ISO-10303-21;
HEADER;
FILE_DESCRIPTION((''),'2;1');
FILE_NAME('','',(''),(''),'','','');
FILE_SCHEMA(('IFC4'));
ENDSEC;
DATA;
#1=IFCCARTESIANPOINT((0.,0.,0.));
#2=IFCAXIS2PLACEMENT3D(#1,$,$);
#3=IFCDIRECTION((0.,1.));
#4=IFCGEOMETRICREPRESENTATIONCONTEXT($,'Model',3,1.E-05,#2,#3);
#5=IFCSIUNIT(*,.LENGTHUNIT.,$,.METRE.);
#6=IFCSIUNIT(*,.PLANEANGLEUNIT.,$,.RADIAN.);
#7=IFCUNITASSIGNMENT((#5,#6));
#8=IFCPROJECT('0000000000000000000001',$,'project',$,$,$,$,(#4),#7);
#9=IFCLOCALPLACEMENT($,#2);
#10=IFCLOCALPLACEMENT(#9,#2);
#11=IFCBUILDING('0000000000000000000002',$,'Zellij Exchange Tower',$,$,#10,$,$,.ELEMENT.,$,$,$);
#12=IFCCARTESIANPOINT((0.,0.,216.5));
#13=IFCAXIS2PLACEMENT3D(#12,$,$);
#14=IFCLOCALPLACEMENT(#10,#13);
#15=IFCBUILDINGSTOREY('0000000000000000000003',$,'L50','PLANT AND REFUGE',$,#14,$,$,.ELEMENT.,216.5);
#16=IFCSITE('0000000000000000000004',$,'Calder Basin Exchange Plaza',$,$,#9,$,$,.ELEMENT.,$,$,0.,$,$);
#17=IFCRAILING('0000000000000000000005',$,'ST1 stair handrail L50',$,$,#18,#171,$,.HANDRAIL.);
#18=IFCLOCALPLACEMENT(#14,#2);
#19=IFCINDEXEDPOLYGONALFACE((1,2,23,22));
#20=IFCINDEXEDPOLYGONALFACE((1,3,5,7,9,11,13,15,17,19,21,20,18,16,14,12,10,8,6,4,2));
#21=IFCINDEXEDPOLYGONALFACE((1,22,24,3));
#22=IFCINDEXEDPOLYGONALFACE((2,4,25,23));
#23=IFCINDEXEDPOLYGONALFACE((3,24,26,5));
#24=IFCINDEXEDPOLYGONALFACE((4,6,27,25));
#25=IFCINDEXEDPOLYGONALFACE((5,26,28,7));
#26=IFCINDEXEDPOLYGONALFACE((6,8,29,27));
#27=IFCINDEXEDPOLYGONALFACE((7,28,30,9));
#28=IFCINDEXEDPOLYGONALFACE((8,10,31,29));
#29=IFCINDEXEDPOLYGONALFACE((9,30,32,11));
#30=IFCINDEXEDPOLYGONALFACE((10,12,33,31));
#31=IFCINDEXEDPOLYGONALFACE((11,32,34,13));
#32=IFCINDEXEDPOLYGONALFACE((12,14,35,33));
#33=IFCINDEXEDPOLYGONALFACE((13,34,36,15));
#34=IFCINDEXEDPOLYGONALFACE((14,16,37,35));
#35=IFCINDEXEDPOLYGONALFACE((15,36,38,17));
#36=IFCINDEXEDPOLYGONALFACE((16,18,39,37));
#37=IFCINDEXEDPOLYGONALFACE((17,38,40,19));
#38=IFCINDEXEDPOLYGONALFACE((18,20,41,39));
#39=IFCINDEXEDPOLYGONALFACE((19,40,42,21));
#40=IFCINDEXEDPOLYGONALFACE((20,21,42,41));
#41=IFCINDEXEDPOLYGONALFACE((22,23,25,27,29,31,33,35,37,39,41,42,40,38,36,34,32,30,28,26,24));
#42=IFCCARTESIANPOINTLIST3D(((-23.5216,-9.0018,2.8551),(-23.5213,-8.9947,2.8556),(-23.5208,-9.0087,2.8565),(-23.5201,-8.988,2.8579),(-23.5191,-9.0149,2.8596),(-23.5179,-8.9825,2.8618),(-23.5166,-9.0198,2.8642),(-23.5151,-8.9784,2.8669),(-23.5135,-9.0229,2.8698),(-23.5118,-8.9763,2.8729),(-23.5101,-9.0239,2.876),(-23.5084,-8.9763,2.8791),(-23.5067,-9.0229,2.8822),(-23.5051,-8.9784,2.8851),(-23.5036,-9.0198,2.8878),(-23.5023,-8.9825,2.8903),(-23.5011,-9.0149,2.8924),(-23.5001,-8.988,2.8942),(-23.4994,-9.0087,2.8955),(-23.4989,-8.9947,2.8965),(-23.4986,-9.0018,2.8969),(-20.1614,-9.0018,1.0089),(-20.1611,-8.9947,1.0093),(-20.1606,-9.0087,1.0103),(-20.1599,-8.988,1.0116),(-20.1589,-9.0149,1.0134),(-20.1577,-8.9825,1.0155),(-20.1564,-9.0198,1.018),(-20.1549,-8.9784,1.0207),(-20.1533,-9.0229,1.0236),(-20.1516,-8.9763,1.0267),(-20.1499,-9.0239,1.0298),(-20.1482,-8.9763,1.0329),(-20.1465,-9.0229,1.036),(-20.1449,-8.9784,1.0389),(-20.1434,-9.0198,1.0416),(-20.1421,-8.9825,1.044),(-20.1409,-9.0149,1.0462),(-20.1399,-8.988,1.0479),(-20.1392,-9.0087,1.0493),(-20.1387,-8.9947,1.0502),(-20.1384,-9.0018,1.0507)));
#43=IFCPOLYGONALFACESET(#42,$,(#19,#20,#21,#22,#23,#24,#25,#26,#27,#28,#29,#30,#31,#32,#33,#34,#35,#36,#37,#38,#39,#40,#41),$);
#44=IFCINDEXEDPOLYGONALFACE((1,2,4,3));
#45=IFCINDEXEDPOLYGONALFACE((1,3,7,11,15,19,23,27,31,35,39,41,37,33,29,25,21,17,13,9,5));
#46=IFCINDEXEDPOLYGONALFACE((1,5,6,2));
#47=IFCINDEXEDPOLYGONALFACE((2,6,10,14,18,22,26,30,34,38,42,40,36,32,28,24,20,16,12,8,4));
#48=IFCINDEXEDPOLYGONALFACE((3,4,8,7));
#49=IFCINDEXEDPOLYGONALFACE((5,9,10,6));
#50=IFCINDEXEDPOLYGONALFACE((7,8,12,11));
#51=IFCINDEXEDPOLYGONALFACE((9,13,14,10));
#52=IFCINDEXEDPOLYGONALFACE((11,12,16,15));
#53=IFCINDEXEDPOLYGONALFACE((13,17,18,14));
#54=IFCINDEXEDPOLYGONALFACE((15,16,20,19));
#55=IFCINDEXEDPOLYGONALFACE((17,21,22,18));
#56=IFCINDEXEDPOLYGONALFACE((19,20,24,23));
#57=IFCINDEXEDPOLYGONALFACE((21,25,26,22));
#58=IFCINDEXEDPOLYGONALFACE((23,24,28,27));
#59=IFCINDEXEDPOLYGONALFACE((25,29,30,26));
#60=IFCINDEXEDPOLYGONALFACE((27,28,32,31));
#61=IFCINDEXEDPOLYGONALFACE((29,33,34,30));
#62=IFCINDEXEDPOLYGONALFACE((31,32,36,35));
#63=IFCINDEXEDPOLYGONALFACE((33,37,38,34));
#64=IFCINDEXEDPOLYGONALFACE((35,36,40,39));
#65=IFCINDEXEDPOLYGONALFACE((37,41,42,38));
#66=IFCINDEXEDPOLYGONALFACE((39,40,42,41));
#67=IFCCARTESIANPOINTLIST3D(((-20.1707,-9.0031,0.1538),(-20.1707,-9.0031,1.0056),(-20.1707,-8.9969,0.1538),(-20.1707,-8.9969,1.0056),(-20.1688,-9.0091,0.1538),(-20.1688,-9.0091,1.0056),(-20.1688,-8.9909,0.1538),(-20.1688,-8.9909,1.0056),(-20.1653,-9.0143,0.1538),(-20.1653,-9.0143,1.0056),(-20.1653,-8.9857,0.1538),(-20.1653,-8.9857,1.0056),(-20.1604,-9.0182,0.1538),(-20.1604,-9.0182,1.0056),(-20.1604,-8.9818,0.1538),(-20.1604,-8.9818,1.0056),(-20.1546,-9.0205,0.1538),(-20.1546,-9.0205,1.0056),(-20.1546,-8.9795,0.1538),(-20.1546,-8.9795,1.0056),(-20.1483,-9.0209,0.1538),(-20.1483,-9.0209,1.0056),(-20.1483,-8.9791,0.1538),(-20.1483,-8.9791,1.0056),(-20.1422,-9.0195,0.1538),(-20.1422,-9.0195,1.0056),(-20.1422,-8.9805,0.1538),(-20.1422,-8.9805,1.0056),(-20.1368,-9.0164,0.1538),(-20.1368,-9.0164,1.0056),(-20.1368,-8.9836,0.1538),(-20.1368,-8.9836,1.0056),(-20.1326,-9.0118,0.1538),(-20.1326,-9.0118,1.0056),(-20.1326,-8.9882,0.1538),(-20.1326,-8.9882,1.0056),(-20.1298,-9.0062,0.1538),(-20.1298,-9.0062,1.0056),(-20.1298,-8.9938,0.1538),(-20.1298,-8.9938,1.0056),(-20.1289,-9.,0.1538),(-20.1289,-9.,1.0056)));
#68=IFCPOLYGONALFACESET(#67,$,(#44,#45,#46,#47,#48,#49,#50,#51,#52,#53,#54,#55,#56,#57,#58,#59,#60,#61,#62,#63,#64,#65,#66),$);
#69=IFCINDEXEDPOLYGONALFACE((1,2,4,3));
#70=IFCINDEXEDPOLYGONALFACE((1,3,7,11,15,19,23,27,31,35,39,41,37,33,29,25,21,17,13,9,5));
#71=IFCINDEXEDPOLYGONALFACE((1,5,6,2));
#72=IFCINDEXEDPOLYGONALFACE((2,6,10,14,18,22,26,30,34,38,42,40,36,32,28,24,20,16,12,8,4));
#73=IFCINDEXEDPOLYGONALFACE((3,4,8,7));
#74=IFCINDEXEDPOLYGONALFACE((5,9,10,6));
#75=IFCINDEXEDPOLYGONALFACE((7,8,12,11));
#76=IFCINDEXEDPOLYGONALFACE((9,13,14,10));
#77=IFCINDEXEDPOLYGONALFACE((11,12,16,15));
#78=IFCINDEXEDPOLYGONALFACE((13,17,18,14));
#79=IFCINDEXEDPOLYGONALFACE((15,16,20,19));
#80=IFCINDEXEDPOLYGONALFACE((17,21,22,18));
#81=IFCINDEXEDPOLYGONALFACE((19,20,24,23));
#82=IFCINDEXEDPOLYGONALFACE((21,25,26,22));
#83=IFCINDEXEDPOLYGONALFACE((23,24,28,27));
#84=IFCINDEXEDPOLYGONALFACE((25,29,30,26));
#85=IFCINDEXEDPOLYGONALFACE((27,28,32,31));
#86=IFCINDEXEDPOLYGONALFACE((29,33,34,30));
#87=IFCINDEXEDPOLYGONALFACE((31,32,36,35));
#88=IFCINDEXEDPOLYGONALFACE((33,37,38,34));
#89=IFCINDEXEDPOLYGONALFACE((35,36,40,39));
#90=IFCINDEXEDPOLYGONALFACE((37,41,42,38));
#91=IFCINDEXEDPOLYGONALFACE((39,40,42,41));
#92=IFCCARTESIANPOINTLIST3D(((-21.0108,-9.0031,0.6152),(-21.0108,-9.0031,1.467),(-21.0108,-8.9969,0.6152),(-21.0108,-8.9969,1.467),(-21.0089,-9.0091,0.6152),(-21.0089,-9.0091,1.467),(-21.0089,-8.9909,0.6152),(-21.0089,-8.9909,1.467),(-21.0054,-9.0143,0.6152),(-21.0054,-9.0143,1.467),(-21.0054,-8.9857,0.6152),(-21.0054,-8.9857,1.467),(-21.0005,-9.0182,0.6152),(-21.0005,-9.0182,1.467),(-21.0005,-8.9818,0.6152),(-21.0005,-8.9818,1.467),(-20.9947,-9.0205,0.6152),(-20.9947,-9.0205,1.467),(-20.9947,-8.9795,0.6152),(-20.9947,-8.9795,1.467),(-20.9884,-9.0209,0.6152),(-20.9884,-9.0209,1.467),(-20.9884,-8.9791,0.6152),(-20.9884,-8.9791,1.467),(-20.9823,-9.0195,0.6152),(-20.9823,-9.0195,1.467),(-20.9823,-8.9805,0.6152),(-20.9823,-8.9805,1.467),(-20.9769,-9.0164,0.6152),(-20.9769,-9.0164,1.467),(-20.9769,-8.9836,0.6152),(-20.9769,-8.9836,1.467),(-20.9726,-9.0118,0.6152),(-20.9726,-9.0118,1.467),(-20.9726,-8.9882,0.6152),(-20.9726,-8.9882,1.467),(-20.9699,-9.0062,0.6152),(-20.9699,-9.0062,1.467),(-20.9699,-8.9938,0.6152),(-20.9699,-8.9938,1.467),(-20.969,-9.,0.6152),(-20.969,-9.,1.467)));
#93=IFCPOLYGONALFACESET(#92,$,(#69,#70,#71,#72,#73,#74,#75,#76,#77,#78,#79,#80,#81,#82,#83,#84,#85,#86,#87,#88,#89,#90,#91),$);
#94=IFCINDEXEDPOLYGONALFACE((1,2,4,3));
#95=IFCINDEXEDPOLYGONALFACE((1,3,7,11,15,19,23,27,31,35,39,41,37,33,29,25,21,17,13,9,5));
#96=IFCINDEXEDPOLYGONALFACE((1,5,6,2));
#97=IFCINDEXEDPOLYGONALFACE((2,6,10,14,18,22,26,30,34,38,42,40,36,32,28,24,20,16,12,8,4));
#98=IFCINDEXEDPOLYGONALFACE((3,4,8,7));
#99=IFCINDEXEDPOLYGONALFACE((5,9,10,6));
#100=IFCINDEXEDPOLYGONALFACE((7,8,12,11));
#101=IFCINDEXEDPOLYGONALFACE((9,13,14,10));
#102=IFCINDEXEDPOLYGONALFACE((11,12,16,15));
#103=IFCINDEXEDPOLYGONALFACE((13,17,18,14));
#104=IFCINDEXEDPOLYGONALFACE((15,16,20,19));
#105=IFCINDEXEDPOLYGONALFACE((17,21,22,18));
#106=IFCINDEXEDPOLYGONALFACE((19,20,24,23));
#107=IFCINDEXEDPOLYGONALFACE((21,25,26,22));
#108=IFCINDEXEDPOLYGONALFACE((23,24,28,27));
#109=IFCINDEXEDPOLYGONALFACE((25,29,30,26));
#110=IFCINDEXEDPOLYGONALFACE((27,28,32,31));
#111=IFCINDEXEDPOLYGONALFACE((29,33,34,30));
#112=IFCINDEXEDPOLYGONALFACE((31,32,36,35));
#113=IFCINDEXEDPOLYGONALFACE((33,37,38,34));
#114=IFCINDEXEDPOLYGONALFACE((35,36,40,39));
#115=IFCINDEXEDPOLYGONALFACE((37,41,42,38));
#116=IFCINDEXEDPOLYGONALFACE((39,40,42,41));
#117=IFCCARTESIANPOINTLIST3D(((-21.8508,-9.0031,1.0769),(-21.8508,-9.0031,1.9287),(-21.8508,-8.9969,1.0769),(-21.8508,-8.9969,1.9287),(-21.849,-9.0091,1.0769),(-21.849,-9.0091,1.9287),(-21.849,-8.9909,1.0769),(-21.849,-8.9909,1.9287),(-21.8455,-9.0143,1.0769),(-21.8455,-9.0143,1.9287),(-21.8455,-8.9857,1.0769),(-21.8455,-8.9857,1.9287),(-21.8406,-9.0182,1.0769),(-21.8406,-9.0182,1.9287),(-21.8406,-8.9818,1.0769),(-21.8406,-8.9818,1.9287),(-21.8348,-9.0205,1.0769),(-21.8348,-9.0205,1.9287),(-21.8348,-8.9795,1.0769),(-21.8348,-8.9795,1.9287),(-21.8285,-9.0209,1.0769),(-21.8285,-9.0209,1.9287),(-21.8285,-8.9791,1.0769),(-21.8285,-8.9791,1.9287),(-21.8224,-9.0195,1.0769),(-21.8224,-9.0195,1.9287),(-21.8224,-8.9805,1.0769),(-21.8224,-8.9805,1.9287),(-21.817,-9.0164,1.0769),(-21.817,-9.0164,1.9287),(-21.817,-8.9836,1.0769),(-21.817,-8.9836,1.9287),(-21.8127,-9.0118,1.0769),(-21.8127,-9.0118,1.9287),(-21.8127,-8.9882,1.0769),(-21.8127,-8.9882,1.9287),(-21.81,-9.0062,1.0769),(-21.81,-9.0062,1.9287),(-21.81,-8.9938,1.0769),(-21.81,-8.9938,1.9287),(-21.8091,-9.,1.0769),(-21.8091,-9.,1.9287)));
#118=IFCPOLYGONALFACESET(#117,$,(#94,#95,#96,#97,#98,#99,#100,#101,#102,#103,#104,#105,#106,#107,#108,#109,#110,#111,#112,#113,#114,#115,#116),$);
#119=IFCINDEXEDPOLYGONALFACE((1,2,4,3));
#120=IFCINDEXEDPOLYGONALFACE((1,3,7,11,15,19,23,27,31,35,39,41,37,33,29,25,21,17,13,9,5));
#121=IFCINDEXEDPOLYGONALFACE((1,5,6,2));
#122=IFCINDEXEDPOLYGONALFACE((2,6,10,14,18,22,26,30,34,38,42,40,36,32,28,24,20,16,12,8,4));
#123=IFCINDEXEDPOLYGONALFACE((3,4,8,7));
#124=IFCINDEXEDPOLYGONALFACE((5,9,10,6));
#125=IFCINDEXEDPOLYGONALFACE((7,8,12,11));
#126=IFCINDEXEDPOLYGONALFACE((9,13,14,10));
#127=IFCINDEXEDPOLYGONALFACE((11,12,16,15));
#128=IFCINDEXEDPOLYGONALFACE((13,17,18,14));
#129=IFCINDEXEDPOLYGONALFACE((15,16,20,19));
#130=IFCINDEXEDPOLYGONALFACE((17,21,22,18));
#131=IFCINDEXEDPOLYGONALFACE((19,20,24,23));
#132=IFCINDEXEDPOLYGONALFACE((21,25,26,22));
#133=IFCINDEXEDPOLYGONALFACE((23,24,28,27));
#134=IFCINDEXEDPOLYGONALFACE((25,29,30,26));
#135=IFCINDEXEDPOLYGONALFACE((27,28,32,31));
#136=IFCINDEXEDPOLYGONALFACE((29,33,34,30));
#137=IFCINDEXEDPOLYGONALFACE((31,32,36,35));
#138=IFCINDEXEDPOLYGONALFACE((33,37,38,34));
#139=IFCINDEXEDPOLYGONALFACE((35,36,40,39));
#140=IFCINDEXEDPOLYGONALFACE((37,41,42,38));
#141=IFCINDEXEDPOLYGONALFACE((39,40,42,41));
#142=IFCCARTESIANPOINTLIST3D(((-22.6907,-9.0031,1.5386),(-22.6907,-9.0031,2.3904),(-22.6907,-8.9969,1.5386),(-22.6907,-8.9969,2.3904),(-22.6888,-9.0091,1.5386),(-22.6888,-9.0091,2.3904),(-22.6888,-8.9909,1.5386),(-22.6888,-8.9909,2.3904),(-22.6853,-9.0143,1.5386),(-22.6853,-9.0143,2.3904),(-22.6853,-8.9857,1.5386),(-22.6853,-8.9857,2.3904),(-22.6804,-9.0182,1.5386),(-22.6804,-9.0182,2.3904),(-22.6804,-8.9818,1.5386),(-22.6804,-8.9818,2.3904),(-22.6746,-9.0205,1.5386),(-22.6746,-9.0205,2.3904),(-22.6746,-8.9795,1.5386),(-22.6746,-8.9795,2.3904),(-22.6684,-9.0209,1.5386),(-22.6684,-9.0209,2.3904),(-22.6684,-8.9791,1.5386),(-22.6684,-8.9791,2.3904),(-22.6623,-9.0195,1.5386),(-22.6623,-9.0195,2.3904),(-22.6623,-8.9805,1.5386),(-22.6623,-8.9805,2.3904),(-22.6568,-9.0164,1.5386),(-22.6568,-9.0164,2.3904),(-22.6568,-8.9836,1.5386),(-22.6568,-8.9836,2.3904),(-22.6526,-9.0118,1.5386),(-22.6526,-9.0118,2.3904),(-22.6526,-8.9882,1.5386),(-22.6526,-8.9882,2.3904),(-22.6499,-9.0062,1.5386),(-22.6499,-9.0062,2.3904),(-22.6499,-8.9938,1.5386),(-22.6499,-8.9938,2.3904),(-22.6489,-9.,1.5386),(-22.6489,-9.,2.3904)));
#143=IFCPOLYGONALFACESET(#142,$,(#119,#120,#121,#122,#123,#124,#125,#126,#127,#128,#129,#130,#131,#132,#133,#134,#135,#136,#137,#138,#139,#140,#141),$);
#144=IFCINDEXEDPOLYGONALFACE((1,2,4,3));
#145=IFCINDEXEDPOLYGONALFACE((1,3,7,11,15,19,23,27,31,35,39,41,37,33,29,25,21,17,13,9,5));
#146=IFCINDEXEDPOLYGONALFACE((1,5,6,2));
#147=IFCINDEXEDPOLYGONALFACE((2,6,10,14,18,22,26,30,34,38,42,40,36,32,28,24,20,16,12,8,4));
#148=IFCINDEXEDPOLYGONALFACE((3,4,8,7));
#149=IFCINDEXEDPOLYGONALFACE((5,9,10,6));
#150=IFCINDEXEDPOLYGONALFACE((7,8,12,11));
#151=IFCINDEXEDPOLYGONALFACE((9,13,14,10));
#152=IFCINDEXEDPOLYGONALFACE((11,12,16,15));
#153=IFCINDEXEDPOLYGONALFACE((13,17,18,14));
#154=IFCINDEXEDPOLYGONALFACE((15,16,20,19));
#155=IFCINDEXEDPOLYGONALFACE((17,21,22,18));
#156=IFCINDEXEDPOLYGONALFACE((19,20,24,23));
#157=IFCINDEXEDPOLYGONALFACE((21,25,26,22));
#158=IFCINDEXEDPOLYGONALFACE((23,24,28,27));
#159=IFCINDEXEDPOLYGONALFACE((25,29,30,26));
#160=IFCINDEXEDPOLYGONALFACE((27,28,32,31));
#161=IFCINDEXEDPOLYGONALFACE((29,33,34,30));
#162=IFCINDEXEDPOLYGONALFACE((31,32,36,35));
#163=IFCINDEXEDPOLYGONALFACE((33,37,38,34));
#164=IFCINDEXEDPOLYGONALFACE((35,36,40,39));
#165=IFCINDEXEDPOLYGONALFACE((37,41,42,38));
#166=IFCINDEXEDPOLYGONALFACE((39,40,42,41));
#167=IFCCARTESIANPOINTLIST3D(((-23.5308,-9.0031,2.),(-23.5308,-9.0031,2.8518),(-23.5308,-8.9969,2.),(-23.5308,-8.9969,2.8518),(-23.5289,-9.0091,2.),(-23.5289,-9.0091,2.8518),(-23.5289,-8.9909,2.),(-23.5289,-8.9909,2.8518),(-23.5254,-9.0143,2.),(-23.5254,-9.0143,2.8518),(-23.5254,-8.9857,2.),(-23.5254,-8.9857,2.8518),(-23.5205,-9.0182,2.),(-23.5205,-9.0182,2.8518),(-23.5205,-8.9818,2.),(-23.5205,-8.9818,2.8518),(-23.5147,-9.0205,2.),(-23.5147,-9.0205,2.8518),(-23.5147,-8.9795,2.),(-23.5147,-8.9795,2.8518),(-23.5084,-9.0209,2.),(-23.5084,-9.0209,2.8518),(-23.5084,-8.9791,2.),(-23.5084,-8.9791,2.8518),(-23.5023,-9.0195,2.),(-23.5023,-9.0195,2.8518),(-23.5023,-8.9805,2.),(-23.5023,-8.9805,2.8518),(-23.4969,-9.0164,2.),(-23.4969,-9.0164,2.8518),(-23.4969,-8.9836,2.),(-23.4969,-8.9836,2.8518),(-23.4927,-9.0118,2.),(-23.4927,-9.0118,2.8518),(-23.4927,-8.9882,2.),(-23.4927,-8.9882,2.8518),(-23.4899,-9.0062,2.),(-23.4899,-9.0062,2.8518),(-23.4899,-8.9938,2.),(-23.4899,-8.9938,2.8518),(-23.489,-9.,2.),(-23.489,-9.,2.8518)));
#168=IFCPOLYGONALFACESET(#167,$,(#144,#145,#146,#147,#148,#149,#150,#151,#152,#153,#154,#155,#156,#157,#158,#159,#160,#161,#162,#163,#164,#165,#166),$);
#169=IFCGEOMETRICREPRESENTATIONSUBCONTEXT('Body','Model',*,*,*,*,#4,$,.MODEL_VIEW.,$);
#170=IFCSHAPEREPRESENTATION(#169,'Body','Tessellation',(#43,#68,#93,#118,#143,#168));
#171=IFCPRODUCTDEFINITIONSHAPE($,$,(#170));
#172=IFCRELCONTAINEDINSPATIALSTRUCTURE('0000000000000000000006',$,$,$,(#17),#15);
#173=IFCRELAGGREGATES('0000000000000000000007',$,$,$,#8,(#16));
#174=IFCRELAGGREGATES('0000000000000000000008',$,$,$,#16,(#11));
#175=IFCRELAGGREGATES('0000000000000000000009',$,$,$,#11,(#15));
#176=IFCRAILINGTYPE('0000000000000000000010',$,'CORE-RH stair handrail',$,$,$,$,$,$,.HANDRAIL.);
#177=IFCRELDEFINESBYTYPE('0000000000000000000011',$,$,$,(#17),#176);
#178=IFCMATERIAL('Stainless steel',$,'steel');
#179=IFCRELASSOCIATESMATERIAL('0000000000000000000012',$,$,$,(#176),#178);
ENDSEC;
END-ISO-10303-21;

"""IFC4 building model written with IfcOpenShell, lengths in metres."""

from ifc_helpers import new_model, si_unit, direction, frame, origin, origin_2d, place, context, subcontext, project, spatial, circle, extrude, material, type_object, element, save


model = new_model("IFC4")

# Units and contexts
model_context = context("Model", 3, precision=1e-05, world=origin(), true_north=direction((0.0, 1.0)))
body_context = subcontext(model_context, "Body", "Model", "MODEL_VIEW")
ifc_project = project(units=[si_unit("LENGTHUNIT", "METRE"), si_unit("PLANEANGLEUNIT", "RADIAN")], contexts=[model_context])

# Site, building, storey
site_placement = place(None, origin())
site = spatial("IfcSite", under=ifc_project, at=site_placement, Name="Calder Basin Exchange Plaza", CompositionType="ELEMENT", RefElevation=0.0)
building_placement = place(site_placement, origin())
building = spatial("IfcBuilding", under=site, at=building_placement, Name="Zellij Exchange Tower", CompositionType="ELEMENT")
storey_placement = place(building_placement, frame((0.0, 0.0, 216.5)))
storey = spatial("IfcBuildingStorey", under=building, at=storey_placement, Name="L50", Description="PLANT AND REFUGE", CompositionType="ELEMENT", Elevation=216.5)

# Railing
ifc_material_1 = material(Name="Stainless steel", Category="steel")
railing_type_1 = type_object("IfcRailingType", Name="CORE-RH stair handrail", PredefinedType="HANDRAIL", material=ifc_material_1)
railing_1_placement = place(storey_placement, frame((-20.1499, -9.0, 0.1538)))
element("IfcRailing", 1, at=railing_1_placement, inside=storey, type_object=railing_type_1, Name="ST1 stair handrail L50", PredefinedType="HANDRAIL", context=body_context, shape_type="SweptSolid", body=[
    extrude(circle(Radius=0.0239, at=origin_2d()), frame((0.0, 0.0, 0.876), z_axis=(-0.876422, 0.0, 0.481545), x_axis=(0.0, -1.0, 0.0)), (0.0, 0.0, 1.0), 3.834),
    extrude(circle(Radius=0.021, at=origin_2d()), origin(), (0.0, 0.0, 1.0), 0.8518),
    extrude(circle(Radius=0.021, at=origin_2d()), frame((-0.8401, 0.0, 0.4614)), (0.0, 0.0, 1.0), 0.8518),
    extrude(circle(Radius=0.021, at=origin_2d()), frame((-1.6802, 0.0, 0.9231)), (0.0, 0.0, 1.0), 0.8518),
    extrude(circle(Radius=0.021, at=origin_2d()), frame((-2.52, 0.0, 1.3848)), (0.0, 0.0, 1.0), 0.8518),
    extrude(circle(Radius=0.021, at=origin_2d()), frame((-3.3601, 0.0, 1.8462)), (0.0, 0.0, 1.0), 0.8518),
])

save(model, "model.ifc")
